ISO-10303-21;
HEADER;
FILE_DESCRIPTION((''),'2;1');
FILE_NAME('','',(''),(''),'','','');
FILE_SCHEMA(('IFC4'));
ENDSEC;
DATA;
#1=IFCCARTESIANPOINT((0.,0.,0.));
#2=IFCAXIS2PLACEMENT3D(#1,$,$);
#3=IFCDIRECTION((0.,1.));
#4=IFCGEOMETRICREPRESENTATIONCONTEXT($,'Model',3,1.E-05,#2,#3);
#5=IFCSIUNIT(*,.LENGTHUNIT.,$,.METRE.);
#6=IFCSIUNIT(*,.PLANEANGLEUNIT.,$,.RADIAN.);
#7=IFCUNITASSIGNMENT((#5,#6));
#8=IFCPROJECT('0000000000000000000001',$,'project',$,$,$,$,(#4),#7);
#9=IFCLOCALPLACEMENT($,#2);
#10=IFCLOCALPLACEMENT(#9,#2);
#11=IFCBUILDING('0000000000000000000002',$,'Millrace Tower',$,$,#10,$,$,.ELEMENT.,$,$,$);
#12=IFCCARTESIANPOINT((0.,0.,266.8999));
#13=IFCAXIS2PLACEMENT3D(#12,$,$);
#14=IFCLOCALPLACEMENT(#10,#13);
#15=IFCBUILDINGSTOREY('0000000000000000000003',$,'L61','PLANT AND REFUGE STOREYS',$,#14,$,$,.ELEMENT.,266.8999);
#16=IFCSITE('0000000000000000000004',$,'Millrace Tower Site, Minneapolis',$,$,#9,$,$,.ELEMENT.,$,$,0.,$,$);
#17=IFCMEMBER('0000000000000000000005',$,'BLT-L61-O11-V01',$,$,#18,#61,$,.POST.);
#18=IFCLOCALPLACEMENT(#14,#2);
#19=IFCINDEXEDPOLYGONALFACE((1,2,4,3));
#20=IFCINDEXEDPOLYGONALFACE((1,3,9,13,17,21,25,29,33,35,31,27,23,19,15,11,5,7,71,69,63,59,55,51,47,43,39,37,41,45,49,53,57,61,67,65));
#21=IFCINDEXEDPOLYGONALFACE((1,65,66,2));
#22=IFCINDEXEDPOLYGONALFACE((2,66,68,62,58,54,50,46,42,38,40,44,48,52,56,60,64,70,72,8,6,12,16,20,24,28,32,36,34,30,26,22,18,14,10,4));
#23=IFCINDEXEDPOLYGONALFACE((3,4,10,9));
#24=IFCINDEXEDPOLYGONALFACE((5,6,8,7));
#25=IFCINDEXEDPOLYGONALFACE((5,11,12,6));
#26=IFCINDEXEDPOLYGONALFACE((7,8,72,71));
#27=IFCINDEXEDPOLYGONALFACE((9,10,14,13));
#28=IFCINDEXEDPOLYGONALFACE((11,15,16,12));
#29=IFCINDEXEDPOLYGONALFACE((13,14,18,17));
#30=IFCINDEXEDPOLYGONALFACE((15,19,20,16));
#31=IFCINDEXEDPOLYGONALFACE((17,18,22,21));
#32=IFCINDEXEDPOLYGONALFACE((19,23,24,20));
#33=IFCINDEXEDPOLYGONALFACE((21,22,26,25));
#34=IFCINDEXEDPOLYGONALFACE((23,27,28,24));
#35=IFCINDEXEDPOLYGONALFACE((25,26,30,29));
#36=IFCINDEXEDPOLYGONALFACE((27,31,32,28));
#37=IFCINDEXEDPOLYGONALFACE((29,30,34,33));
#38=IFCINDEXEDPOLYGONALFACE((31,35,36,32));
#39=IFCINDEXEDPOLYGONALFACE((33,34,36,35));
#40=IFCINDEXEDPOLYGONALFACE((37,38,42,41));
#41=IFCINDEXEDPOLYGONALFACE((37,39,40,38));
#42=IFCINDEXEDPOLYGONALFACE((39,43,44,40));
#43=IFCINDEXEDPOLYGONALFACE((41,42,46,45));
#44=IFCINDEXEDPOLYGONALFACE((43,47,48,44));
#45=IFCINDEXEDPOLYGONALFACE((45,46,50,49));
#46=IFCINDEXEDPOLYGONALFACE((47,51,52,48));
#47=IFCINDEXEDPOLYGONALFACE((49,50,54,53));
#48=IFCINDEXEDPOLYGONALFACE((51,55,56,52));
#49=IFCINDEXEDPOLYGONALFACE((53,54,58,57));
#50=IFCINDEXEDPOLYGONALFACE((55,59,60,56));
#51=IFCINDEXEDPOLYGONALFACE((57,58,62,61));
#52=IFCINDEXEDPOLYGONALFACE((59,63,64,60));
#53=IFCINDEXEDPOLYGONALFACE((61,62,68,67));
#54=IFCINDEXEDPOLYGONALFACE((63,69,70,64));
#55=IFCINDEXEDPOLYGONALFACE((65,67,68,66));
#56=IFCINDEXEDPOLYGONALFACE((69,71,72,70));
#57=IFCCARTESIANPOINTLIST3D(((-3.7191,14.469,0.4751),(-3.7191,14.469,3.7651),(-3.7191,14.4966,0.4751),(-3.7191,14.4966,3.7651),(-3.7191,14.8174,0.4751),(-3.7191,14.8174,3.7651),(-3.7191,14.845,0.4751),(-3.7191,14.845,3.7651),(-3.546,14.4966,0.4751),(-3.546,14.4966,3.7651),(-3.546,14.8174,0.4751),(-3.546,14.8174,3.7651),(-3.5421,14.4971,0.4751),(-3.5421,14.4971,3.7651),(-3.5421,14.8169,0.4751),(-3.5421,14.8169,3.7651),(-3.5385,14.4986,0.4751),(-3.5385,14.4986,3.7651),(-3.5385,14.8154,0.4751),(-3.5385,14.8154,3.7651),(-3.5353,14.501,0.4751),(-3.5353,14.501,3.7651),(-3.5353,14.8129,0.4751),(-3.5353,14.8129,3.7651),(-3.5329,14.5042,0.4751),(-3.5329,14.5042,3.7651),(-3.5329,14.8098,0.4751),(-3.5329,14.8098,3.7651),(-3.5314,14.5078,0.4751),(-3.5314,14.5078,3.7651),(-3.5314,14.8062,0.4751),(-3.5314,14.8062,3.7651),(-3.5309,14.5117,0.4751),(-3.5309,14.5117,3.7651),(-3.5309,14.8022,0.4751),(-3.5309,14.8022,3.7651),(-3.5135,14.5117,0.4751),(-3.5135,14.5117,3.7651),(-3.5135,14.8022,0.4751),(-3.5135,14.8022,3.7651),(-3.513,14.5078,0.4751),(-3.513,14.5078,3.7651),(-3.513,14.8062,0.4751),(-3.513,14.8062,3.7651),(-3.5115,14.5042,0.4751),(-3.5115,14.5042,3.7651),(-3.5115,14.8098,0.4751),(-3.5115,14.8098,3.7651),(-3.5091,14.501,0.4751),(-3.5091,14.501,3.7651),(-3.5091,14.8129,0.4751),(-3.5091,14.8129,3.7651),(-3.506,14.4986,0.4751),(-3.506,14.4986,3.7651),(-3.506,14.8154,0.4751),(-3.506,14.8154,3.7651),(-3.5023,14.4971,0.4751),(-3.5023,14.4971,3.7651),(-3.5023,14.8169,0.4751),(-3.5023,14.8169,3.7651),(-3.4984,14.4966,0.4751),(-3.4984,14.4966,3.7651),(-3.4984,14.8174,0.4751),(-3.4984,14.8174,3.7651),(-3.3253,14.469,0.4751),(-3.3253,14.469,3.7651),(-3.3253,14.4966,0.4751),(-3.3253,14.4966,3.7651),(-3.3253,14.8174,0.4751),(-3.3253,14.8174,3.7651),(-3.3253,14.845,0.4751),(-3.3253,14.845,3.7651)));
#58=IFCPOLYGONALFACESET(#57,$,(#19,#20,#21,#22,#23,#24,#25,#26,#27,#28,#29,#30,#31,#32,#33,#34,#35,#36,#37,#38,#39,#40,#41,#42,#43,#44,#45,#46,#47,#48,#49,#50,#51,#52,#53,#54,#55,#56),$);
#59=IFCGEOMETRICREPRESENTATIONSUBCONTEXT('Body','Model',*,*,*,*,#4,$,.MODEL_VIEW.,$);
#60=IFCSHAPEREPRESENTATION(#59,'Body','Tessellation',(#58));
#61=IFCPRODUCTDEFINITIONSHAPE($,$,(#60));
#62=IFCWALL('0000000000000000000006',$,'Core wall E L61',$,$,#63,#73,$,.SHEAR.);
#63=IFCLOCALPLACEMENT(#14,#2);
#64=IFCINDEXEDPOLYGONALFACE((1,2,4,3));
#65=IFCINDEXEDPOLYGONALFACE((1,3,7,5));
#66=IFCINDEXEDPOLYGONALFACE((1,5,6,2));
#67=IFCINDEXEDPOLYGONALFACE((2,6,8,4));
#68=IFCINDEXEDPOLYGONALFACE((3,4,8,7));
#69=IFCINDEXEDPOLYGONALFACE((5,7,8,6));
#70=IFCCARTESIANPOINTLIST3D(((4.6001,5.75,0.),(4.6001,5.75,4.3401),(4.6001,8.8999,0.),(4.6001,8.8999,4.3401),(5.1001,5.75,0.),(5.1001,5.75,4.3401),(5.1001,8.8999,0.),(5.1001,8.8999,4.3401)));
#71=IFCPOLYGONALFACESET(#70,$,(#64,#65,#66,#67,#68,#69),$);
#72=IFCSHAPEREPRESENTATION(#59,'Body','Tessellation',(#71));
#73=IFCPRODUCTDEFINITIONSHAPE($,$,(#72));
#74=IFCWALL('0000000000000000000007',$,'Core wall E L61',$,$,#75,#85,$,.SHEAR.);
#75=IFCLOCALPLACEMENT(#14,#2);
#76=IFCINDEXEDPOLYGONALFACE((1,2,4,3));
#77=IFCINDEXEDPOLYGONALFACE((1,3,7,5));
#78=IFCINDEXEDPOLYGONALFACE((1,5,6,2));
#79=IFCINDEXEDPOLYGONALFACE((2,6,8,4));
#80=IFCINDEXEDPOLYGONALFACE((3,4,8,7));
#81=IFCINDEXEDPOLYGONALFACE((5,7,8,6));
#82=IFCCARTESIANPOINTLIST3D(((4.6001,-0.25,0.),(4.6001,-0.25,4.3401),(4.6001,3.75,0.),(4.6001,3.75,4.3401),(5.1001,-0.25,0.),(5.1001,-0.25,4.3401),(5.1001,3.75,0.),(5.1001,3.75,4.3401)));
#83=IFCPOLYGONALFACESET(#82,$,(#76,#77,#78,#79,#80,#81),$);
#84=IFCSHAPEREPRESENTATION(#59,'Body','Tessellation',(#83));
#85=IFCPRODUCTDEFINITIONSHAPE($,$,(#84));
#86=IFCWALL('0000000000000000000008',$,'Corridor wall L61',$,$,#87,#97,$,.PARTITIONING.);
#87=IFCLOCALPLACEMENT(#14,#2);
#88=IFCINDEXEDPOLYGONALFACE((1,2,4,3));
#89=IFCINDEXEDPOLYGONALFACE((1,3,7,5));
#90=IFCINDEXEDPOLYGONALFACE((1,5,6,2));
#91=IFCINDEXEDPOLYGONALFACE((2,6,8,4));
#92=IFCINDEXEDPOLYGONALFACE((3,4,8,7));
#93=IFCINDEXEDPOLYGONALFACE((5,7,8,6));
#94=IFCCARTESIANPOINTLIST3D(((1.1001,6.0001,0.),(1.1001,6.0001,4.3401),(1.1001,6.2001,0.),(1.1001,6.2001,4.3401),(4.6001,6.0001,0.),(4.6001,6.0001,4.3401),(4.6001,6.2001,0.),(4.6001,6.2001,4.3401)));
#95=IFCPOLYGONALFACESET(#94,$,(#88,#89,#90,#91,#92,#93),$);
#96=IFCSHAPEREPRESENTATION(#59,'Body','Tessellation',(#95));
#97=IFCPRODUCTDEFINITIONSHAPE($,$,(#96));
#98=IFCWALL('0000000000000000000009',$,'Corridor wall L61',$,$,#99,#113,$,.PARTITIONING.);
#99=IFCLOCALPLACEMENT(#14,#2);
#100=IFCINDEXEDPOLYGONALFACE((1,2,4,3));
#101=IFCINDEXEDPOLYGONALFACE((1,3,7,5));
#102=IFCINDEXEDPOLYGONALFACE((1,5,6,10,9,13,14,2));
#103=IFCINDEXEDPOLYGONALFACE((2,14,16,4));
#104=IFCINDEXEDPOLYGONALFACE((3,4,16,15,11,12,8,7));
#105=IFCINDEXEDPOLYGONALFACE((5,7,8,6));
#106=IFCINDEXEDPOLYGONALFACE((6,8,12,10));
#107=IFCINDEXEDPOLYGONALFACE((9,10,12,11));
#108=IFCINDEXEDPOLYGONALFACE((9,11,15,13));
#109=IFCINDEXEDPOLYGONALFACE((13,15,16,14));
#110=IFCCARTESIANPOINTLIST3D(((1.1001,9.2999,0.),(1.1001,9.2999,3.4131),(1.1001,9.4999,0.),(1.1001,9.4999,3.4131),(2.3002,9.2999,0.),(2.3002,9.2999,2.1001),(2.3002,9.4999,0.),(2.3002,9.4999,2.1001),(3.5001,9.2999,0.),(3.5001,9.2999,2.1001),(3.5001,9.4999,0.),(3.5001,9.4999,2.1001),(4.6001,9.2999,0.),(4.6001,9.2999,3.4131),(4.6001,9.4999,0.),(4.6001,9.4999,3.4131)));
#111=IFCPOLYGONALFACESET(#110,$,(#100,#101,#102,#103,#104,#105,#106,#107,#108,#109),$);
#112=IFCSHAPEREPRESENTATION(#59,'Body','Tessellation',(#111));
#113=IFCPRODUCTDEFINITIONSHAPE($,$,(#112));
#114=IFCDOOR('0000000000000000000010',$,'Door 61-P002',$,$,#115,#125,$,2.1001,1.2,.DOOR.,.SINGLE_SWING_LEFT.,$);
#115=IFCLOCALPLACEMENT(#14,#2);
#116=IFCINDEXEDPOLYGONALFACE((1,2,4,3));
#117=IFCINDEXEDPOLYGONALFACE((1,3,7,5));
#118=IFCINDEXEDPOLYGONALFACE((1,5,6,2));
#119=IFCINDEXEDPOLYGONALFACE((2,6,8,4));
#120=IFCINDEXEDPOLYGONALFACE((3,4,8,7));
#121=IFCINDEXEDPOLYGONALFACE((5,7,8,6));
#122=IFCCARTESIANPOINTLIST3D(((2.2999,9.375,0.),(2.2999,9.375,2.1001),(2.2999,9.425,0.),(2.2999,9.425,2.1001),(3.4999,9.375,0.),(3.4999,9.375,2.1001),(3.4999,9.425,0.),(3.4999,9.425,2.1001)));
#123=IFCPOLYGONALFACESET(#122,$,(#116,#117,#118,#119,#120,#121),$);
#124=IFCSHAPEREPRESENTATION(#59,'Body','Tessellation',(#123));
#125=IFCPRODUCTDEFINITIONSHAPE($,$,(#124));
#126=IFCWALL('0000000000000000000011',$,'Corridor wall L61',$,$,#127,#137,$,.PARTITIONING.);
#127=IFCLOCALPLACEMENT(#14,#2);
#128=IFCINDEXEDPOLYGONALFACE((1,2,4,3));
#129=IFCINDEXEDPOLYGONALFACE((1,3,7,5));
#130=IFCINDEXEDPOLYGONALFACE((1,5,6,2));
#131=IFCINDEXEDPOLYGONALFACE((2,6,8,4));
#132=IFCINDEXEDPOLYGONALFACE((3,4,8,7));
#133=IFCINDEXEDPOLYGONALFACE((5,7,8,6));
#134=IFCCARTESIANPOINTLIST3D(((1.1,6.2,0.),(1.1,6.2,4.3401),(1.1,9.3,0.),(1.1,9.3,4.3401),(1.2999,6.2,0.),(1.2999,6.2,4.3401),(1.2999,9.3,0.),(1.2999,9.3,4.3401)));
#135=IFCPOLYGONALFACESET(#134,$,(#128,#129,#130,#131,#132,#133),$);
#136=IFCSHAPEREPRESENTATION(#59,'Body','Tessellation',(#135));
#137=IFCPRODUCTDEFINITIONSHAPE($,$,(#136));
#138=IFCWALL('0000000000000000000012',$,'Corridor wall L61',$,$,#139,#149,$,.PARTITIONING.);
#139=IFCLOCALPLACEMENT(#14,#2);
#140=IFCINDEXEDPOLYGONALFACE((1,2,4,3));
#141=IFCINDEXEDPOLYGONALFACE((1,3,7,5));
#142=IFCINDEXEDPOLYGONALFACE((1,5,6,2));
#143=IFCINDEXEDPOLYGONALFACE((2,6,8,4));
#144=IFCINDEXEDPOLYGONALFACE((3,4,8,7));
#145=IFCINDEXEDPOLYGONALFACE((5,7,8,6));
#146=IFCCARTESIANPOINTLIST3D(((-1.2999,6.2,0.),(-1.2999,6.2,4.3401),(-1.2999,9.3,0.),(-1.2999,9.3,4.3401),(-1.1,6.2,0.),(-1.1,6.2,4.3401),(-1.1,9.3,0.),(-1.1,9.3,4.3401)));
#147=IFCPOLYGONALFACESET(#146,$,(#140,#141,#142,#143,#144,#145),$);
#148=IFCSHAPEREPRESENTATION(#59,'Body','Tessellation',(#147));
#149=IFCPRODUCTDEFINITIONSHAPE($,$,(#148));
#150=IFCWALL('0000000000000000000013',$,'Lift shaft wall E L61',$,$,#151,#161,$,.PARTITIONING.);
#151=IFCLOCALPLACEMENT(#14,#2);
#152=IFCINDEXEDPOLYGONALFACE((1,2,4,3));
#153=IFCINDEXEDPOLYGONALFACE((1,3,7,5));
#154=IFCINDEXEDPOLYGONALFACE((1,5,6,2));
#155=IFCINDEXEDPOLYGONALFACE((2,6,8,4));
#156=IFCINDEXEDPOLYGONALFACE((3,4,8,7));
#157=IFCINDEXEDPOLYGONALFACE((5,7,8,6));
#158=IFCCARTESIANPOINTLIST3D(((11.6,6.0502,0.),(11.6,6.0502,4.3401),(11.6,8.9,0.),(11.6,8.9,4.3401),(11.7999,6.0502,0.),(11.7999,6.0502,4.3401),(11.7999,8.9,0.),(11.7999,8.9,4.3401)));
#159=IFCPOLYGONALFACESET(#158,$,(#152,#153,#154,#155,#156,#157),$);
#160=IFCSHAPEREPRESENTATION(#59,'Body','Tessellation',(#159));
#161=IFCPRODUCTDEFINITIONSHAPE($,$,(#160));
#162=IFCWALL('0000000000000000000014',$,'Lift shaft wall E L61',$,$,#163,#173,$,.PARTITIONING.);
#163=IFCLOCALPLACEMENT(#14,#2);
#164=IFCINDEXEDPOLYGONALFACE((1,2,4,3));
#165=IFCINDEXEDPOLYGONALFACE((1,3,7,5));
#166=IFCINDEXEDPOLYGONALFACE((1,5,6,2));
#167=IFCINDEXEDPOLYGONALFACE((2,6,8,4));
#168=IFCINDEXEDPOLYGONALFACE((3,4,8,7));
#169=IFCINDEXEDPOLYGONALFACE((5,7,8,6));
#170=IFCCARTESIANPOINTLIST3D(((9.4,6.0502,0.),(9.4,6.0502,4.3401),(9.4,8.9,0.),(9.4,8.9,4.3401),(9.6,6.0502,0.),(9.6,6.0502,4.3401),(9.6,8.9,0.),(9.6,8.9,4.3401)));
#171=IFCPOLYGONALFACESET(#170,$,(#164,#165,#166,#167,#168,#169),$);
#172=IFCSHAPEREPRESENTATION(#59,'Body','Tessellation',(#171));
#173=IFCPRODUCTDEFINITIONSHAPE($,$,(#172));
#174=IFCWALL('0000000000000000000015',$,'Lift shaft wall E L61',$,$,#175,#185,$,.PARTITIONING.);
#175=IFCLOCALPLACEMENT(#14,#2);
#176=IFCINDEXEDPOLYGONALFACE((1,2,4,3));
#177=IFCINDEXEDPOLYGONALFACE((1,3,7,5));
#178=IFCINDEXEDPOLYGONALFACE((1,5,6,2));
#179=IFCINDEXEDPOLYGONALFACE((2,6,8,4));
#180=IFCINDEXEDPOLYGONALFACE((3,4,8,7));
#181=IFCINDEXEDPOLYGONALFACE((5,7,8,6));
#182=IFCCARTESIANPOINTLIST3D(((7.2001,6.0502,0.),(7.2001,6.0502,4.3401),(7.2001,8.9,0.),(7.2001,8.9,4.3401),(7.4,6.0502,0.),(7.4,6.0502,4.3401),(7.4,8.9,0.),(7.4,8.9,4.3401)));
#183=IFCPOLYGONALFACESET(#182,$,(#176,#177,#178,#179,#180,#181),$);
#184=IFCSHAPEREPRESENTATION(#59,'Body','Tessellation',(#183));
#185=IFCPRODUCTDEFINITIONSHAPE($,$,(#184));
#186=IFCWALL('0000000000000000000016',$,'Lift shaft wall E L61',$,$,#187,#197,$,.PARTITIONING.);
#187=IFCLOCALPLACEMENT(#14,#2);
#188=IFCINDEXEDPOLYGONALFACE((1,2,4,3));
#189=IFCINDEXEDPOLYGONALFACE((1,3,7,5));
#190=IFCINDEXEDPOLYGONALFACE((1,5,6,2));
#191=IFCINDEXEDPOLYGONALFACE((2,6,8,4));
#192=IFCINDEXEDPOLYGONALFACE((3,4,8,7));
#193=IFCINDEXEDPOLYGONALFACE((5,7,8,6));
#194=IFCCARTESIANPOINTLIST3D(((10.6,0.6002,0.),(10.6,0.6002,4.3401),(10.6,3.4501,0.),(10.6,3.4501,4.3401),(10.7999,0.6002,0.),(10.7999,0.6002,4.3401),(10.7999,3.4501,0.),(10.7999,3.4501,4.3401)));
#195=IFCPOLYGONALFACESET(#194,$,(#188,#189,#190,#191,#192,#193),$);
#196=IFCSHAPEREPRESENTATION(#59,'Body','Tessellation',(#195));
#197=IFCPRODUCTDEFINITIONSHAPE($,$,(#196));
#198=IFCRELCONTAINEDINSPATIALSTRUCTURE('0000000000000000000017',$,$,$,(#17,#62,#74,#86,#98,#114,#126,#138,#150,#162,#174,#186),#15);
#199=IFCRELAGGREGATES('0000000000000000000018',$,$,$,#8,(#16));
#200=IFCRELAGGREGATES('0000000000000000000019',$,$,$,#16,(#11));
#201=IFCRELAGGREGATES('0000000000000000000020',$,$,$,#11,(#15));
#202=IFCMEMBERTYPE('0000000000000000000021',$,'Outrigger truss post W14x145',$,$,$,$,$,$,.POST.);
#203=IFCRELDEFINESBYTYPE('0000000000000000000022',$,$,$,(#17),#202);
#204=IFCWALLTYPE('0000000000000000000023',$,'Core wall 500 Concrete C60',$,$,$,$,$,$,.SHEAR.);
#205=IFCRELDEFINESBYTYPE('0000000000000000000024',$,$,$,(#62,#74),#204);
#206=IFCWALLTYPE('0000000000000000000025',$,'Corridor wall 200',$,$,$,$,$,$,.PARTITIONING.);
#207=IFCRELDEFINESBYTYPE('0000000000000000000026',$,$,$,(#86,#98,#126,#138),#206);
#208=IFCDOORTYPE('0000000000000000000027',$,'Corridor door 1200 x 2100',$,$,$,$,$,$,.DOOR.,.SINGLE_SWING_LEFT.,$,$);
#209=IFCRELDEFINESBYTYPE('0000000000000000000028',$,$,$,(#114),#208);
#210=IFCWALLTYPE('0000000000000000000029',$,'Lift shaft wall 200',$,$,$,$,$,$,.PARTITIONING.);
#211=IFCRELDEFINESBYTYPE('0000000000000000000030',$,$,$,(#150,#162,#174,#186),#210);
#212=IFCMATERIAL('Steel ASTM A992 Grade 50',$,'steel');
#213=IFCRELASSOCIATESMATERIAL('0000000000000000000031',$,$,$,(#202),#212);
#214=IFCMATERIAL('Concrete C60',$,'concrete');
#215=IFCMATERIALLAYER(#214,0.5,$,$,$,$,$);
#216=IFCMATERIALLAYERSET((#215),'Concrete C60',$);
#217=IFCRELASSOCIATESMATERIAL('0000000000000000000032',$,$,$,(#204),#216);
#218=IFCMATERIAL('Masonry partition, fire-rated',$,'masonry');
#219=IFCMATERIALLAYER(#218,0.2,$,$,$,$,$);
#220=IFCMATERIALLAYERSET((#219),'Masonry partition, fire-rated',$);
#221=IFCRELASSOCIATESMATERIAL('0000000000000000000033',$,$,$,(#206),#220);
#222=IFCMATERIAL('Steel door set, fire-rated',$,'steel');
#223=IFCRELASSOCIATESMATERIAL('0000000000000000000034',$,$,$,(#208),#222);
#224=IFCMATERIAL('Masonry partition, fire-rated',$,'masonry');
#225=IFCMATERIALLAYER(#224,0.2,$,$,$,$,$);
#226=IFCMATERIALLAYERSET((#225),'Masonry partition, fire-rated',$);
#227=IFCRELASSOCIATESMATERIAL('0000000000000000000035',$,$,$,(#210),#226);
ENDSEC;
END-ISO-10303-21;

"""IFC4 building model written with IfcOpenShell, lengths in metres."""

from ifc_helpers import new_model, si_unit, direction, frame, frame_2d, origin, origin_2d, place, context, subcontext, project, spatial, rectangle, i_section, extrude, material, layer, layer_set, material_profile, profile_set, type_object, element, fill, save


model = new_model("IFC4")

# Units and contexts
model_context = context("Model", 3, precision=1e-05, world=origin(), true_north=direction((0.0, 1.0)))
body_context = subcontext(model_context, "Body", "Model", "MODEL_VIEW")
ifc_project = project(units=[si_unit("LENGTHUNIT", "METRE"), si_unit("PLANEANGLEUNIT", "RADIAN")], contexts=[model_context])

# Site, building, storey
site_placement = place(None, origin())
site = spatial("IfcSite", under=ifc_project, at=site_placement, Name="Millrace Tower Site, Minneapolis", CompositionType="ELEMENT", RefElevation=0.0)
building_placement = place(site_placement, origin())
building = spatial("IfcBuilding", under=site, at=building_placement, Name="Millrace Tower", CompositionType="ELEMENT")
storey_placement = place(building_placement, frame((0.0, 0.0, 266.8999)))
storey = spatial("IfcBuildingStorey", under=building, at=storey_placement, Name="L61", Description="PLANT AND REFUGE STOREYS", CompositionType="ELEMENT", Elevation=266.8999)

# Member
ifc_material_1 = material(Name="Steel ASTM A992 Grade 50", Category="steel")
ifc_material_profile_1 = material_profile(ifc_material_1, i_section(OverallWidth=0.3938, OverallDepth=0.376, WebThickness=0.0173, FlangeThickness=0.0276, FilletRadius=0.0151, at=origin_2d()))
ifc_profile_set_1 = profile_set([ifc_material_profile_1], Name="Steel ASTM A992 Grade 50")
member_type = type_object("IfcMemberType", Name="Outrigger truss post W14x145", PredefinedType="POST", material=ifc_profile_set_1)
member_placement = place(storey_placement, frame((-3.5222, 14.657, 0.4751), z_axis=(0.0, 0.0, 1.0), x_axis=(1.0, 0.0, 0.0)))
element("IfcMember", 1, at=member_placement, inside=storey, type_object=member_type, Name="BLT-L61-O11-V01", PredefinedType="POST", context=body_context, shape_type="SweptSolid", body=[
    extrude(i_section(OverallWidth=0.3938, OverallDepth=0.376, WebThickness=0.0173, FlangeThickness=0.0276, FilletRadius=0.0151, at=origin_2d()), origin(), (0.0, 0.0, 1.0), 3.29),
])

# Walls
ifc_material_2 = material(Name="Concrete C60", Category="concrete")
ifc_layer_1 = layer(ifc_material_2, 0.5)
ifc_layer_set_1 = layer_set([ifc_layer_1], Name="Concrete C60")
wall_type_1 = type_object("IfcWallType", Name="Core wall 500 Concrete C60", PredefinedType="SHEAR", material=ifc_layer_set_1)
wall_1_placement = place(storey_placement, frame((4.8501, 8.8999, 0.0), z_axis=(0.0, 0.0, 1.0), x_axis=(0.0, -1.0, 0.0)))
element("IfcWall", 2, at=wall_1_placement, inside=storey, type_object=wall_type_1, Name="Core wall E L61", PredefinedType="SHEAR", context=body_context, shape_type="SweptSolid", body=[
    extrude(rectangle(XDim=3.1499, YDim=0.5, at=frame_2d((1.575, 0.0))), origin(), (0.0, 0.0, 1.0), 4.3401),
])
wall_2_placement = place(storey_placement, frame((4.8501, 3.75, 0.0), z_axis=(0.0, 0.0, 1.0), x_axis=(0.0, -1.0, 0.0)))
element("IfcWall", 3, at=wall_2_placement, inside=storey, type_object=wall_type_1, Name="Core wall E L61", PredefinedType="SHEAR", context=body_context, shape_type="SweptSolid", body=[
    extrude(rectangle(XDim=4.0, YDim=0.5, at=frame_2d((2.0, 0.0))), origin(), (0.0, 0.0, 1.0), 4.3401),
])
ifc_material_3 = material(Name="Masonry partition, fire-rated", Category="masonry")
ifc_layer_2 = layer(ifc_material_3, 0.2)
ifc_layer_set_2 = layer_set([ifc_layer_2], Name="Masonry partition, fire-rated")
wall_type_2 = type_object("IfcWallType", Name="Corridor wall 200", PredefinedType="PARTITIONING", material=ifc_layer_set_2)
wall_3_placement = place(storey_placement, frame((1.1001, 6.1001, 0.0), z_axis=(0.0, 0.0, 1.0), x_axis=(1.0, 0.0, 0.0)))
element("IfcWall", 4, at=wall_3_placement, inside=storey, type_object=wall_type_2, Name="Corridor wall L61", PredefinedType="PARTITIONING", context=body_context, shape_type="SweptSolid", body=[
    extrude(rectangle(XDim=3.5, YDim=0.2, at=frame_2d((1.75, 0.0))), origin(), (0.0, 0.0, 1.0), 4.3401),
])

# Wall, opening, door
wall_4_placement = place(storey_placement, frame((1.1001, 9.3999, 0.0), z_axis=(0.0, 0.0, 1.0), x_axis=(1.0, 0.0, 0.0)))
wall_4 = element("IfcWall", 5, at=wall_4_placement, inside=storey, type_object=wall_type_2, Name="Corridor wall L61", PredefinedType="PARTITIONING", context=body_context, shape_type="SweptSolid", body=[
    extrude(rectangle(XDim=3.5, YDim=0.2, at=frame_2d((1.75, 0.0))), origin(), (0.0, 0.0, 1.0), 3.4131),
])
opening_1_placement = place(wall_4_placement, frame((1.2, 0.0, 0.0)))
opening_1 = element("IfcOpeningElement", 6, at=opening_1_placement, cuts=wall_4, PredefinedType="OPENING", context=body_context, shape_type="SweptSolid", body=[
    extrude(rectangle(XDim=1.2, YDim=2.1001, at=frame_2d((0.6001, 1.05))), frame((0.0, 0.1099, 0.0), z_axis=(0.0, -1.0, 0.0), x_axis=(1.0, 0.0, 0.0)), (0.0, 0.0, 1.0), 0.22),
])
ifc_material_4 = material(Name="Steel door set, fire-rated", Category="steel")
door_type_1 = type_object("IfcDoorType", Name="Corridor door 1200 x 2100", OperationType="SINGLE_SWING_LEFT", PredefinedType="DOOR", material=ifc_material_4)
door_1_placement = place(opening_1_placement, frame((1.2, 0.0, 0.0), z_axis=(0.0, 0.0, 1.0), x_axis=(-1.0, 0.0, 0.0)))
door_1 = element("IfcDoor", 7, at=door_1_placement, inside=storey, type_object=door_type_1, Name="Door 61-P002", OperationType="SINGLE_SWING_LEFT", OverallHeight=2.1001, OverallWidth=1.2, PredefinedType="DOOR", context=body_context, shape_type="SweptSolid", body=[
    extrude(rectangle(XDim=1.2, YDim=2.1001, at=frame_2d((0.6001, 1.05))), frame((0.0, 0.0249, 0.0), z_axis=(0.0, -1.0, 0.0), x_axis=(1.0, 0.0, 0.0)), (0.0, 0.0, 1.0), 0.05),
])
fill(opening_1, door_1)

# Walls
for number, where, z_axis, x_axis, name in (
    (8, (1.2, 6.2, 0.0), (0.0, 0.0, 1.0), (0.0, 1.0, 0.0), "Corridor wall L61"),
    (9, (-1.2, 6.2, 0.0), (0.0, 0.0, 1.0), (0.0, 1.0, 0.0), "Corridor wall L61"),
):
    element("IfcWall", number, at=place(storey_placement, frame(where, z_axis=z_axis, x_axis=x_axis)), inside=storey, type_object=wall_type_2, Name=name, PredefinedType="PARTITIONING", context=body_context, shape_type="SweptSolid", body=[
        extrude(rectangle(XDim=3.1001, YDim=0.2, at=frame_2d((1.55, 0.0))), origin(), (0.0, 0.0, 1.0), 4.3401),
    ])
ifc_material_5 = material(Name="Masonry partition, fire-rated", Category="masonry")
ifc_layer_3 = layer(ifc_material_5, 0.2)
ifc_layer_set_3 = layer_set([ifc_layer_3], Name="Masonry partition, fire-rated")
wall_type_3 = type_object("IfcWallType", Name="Lift shaft wall 200", PredefinedType="PARTITIONING", material=ifc_layer_set_3)
for number, where, z_axis, x_axis, name in (
    (10, (11.7, 8.8999, 0.0), (0.0, 0.0, 1.0), (0.0, -1.0, 0.0), "Lift shaft wall E L61"),
    (11, (9.5, 8.8999, 0.0), (0.0, 0.0, 1.0), (0.0, -1.0, 0.0), "Lift shaft wall E L61"),
    (12, (7.3, 8.8999, 0.0), (0.0, 0.0, 1.0), (0.0, -1.0, 0.0), "Lift shaft wall E L61"),
    (13, (10.7, 3.45, 0.0), (0.0, 0.0, 1.0), (0.0, -1.0, 0.0), "Lift shaft wall E L61"),
):
    element("IfcWall", number, at=place(storey_placement, frame(where, z_axis=z_axis, x_axis=x_axis)), inside=storey, type_object=wall_type_3, Name=name, PredefinedType="PARTITIONING", context=body_context, shape_type="SweptSolid", body=[
        extrude(rectangle(XDim=2.8499, YDim=0.2, at=frame_2d((1.4248, 0.0))), origin(), (0.0, 0.0, 1.0), 4.3401),
    ])

save(model, "model.ifc")
